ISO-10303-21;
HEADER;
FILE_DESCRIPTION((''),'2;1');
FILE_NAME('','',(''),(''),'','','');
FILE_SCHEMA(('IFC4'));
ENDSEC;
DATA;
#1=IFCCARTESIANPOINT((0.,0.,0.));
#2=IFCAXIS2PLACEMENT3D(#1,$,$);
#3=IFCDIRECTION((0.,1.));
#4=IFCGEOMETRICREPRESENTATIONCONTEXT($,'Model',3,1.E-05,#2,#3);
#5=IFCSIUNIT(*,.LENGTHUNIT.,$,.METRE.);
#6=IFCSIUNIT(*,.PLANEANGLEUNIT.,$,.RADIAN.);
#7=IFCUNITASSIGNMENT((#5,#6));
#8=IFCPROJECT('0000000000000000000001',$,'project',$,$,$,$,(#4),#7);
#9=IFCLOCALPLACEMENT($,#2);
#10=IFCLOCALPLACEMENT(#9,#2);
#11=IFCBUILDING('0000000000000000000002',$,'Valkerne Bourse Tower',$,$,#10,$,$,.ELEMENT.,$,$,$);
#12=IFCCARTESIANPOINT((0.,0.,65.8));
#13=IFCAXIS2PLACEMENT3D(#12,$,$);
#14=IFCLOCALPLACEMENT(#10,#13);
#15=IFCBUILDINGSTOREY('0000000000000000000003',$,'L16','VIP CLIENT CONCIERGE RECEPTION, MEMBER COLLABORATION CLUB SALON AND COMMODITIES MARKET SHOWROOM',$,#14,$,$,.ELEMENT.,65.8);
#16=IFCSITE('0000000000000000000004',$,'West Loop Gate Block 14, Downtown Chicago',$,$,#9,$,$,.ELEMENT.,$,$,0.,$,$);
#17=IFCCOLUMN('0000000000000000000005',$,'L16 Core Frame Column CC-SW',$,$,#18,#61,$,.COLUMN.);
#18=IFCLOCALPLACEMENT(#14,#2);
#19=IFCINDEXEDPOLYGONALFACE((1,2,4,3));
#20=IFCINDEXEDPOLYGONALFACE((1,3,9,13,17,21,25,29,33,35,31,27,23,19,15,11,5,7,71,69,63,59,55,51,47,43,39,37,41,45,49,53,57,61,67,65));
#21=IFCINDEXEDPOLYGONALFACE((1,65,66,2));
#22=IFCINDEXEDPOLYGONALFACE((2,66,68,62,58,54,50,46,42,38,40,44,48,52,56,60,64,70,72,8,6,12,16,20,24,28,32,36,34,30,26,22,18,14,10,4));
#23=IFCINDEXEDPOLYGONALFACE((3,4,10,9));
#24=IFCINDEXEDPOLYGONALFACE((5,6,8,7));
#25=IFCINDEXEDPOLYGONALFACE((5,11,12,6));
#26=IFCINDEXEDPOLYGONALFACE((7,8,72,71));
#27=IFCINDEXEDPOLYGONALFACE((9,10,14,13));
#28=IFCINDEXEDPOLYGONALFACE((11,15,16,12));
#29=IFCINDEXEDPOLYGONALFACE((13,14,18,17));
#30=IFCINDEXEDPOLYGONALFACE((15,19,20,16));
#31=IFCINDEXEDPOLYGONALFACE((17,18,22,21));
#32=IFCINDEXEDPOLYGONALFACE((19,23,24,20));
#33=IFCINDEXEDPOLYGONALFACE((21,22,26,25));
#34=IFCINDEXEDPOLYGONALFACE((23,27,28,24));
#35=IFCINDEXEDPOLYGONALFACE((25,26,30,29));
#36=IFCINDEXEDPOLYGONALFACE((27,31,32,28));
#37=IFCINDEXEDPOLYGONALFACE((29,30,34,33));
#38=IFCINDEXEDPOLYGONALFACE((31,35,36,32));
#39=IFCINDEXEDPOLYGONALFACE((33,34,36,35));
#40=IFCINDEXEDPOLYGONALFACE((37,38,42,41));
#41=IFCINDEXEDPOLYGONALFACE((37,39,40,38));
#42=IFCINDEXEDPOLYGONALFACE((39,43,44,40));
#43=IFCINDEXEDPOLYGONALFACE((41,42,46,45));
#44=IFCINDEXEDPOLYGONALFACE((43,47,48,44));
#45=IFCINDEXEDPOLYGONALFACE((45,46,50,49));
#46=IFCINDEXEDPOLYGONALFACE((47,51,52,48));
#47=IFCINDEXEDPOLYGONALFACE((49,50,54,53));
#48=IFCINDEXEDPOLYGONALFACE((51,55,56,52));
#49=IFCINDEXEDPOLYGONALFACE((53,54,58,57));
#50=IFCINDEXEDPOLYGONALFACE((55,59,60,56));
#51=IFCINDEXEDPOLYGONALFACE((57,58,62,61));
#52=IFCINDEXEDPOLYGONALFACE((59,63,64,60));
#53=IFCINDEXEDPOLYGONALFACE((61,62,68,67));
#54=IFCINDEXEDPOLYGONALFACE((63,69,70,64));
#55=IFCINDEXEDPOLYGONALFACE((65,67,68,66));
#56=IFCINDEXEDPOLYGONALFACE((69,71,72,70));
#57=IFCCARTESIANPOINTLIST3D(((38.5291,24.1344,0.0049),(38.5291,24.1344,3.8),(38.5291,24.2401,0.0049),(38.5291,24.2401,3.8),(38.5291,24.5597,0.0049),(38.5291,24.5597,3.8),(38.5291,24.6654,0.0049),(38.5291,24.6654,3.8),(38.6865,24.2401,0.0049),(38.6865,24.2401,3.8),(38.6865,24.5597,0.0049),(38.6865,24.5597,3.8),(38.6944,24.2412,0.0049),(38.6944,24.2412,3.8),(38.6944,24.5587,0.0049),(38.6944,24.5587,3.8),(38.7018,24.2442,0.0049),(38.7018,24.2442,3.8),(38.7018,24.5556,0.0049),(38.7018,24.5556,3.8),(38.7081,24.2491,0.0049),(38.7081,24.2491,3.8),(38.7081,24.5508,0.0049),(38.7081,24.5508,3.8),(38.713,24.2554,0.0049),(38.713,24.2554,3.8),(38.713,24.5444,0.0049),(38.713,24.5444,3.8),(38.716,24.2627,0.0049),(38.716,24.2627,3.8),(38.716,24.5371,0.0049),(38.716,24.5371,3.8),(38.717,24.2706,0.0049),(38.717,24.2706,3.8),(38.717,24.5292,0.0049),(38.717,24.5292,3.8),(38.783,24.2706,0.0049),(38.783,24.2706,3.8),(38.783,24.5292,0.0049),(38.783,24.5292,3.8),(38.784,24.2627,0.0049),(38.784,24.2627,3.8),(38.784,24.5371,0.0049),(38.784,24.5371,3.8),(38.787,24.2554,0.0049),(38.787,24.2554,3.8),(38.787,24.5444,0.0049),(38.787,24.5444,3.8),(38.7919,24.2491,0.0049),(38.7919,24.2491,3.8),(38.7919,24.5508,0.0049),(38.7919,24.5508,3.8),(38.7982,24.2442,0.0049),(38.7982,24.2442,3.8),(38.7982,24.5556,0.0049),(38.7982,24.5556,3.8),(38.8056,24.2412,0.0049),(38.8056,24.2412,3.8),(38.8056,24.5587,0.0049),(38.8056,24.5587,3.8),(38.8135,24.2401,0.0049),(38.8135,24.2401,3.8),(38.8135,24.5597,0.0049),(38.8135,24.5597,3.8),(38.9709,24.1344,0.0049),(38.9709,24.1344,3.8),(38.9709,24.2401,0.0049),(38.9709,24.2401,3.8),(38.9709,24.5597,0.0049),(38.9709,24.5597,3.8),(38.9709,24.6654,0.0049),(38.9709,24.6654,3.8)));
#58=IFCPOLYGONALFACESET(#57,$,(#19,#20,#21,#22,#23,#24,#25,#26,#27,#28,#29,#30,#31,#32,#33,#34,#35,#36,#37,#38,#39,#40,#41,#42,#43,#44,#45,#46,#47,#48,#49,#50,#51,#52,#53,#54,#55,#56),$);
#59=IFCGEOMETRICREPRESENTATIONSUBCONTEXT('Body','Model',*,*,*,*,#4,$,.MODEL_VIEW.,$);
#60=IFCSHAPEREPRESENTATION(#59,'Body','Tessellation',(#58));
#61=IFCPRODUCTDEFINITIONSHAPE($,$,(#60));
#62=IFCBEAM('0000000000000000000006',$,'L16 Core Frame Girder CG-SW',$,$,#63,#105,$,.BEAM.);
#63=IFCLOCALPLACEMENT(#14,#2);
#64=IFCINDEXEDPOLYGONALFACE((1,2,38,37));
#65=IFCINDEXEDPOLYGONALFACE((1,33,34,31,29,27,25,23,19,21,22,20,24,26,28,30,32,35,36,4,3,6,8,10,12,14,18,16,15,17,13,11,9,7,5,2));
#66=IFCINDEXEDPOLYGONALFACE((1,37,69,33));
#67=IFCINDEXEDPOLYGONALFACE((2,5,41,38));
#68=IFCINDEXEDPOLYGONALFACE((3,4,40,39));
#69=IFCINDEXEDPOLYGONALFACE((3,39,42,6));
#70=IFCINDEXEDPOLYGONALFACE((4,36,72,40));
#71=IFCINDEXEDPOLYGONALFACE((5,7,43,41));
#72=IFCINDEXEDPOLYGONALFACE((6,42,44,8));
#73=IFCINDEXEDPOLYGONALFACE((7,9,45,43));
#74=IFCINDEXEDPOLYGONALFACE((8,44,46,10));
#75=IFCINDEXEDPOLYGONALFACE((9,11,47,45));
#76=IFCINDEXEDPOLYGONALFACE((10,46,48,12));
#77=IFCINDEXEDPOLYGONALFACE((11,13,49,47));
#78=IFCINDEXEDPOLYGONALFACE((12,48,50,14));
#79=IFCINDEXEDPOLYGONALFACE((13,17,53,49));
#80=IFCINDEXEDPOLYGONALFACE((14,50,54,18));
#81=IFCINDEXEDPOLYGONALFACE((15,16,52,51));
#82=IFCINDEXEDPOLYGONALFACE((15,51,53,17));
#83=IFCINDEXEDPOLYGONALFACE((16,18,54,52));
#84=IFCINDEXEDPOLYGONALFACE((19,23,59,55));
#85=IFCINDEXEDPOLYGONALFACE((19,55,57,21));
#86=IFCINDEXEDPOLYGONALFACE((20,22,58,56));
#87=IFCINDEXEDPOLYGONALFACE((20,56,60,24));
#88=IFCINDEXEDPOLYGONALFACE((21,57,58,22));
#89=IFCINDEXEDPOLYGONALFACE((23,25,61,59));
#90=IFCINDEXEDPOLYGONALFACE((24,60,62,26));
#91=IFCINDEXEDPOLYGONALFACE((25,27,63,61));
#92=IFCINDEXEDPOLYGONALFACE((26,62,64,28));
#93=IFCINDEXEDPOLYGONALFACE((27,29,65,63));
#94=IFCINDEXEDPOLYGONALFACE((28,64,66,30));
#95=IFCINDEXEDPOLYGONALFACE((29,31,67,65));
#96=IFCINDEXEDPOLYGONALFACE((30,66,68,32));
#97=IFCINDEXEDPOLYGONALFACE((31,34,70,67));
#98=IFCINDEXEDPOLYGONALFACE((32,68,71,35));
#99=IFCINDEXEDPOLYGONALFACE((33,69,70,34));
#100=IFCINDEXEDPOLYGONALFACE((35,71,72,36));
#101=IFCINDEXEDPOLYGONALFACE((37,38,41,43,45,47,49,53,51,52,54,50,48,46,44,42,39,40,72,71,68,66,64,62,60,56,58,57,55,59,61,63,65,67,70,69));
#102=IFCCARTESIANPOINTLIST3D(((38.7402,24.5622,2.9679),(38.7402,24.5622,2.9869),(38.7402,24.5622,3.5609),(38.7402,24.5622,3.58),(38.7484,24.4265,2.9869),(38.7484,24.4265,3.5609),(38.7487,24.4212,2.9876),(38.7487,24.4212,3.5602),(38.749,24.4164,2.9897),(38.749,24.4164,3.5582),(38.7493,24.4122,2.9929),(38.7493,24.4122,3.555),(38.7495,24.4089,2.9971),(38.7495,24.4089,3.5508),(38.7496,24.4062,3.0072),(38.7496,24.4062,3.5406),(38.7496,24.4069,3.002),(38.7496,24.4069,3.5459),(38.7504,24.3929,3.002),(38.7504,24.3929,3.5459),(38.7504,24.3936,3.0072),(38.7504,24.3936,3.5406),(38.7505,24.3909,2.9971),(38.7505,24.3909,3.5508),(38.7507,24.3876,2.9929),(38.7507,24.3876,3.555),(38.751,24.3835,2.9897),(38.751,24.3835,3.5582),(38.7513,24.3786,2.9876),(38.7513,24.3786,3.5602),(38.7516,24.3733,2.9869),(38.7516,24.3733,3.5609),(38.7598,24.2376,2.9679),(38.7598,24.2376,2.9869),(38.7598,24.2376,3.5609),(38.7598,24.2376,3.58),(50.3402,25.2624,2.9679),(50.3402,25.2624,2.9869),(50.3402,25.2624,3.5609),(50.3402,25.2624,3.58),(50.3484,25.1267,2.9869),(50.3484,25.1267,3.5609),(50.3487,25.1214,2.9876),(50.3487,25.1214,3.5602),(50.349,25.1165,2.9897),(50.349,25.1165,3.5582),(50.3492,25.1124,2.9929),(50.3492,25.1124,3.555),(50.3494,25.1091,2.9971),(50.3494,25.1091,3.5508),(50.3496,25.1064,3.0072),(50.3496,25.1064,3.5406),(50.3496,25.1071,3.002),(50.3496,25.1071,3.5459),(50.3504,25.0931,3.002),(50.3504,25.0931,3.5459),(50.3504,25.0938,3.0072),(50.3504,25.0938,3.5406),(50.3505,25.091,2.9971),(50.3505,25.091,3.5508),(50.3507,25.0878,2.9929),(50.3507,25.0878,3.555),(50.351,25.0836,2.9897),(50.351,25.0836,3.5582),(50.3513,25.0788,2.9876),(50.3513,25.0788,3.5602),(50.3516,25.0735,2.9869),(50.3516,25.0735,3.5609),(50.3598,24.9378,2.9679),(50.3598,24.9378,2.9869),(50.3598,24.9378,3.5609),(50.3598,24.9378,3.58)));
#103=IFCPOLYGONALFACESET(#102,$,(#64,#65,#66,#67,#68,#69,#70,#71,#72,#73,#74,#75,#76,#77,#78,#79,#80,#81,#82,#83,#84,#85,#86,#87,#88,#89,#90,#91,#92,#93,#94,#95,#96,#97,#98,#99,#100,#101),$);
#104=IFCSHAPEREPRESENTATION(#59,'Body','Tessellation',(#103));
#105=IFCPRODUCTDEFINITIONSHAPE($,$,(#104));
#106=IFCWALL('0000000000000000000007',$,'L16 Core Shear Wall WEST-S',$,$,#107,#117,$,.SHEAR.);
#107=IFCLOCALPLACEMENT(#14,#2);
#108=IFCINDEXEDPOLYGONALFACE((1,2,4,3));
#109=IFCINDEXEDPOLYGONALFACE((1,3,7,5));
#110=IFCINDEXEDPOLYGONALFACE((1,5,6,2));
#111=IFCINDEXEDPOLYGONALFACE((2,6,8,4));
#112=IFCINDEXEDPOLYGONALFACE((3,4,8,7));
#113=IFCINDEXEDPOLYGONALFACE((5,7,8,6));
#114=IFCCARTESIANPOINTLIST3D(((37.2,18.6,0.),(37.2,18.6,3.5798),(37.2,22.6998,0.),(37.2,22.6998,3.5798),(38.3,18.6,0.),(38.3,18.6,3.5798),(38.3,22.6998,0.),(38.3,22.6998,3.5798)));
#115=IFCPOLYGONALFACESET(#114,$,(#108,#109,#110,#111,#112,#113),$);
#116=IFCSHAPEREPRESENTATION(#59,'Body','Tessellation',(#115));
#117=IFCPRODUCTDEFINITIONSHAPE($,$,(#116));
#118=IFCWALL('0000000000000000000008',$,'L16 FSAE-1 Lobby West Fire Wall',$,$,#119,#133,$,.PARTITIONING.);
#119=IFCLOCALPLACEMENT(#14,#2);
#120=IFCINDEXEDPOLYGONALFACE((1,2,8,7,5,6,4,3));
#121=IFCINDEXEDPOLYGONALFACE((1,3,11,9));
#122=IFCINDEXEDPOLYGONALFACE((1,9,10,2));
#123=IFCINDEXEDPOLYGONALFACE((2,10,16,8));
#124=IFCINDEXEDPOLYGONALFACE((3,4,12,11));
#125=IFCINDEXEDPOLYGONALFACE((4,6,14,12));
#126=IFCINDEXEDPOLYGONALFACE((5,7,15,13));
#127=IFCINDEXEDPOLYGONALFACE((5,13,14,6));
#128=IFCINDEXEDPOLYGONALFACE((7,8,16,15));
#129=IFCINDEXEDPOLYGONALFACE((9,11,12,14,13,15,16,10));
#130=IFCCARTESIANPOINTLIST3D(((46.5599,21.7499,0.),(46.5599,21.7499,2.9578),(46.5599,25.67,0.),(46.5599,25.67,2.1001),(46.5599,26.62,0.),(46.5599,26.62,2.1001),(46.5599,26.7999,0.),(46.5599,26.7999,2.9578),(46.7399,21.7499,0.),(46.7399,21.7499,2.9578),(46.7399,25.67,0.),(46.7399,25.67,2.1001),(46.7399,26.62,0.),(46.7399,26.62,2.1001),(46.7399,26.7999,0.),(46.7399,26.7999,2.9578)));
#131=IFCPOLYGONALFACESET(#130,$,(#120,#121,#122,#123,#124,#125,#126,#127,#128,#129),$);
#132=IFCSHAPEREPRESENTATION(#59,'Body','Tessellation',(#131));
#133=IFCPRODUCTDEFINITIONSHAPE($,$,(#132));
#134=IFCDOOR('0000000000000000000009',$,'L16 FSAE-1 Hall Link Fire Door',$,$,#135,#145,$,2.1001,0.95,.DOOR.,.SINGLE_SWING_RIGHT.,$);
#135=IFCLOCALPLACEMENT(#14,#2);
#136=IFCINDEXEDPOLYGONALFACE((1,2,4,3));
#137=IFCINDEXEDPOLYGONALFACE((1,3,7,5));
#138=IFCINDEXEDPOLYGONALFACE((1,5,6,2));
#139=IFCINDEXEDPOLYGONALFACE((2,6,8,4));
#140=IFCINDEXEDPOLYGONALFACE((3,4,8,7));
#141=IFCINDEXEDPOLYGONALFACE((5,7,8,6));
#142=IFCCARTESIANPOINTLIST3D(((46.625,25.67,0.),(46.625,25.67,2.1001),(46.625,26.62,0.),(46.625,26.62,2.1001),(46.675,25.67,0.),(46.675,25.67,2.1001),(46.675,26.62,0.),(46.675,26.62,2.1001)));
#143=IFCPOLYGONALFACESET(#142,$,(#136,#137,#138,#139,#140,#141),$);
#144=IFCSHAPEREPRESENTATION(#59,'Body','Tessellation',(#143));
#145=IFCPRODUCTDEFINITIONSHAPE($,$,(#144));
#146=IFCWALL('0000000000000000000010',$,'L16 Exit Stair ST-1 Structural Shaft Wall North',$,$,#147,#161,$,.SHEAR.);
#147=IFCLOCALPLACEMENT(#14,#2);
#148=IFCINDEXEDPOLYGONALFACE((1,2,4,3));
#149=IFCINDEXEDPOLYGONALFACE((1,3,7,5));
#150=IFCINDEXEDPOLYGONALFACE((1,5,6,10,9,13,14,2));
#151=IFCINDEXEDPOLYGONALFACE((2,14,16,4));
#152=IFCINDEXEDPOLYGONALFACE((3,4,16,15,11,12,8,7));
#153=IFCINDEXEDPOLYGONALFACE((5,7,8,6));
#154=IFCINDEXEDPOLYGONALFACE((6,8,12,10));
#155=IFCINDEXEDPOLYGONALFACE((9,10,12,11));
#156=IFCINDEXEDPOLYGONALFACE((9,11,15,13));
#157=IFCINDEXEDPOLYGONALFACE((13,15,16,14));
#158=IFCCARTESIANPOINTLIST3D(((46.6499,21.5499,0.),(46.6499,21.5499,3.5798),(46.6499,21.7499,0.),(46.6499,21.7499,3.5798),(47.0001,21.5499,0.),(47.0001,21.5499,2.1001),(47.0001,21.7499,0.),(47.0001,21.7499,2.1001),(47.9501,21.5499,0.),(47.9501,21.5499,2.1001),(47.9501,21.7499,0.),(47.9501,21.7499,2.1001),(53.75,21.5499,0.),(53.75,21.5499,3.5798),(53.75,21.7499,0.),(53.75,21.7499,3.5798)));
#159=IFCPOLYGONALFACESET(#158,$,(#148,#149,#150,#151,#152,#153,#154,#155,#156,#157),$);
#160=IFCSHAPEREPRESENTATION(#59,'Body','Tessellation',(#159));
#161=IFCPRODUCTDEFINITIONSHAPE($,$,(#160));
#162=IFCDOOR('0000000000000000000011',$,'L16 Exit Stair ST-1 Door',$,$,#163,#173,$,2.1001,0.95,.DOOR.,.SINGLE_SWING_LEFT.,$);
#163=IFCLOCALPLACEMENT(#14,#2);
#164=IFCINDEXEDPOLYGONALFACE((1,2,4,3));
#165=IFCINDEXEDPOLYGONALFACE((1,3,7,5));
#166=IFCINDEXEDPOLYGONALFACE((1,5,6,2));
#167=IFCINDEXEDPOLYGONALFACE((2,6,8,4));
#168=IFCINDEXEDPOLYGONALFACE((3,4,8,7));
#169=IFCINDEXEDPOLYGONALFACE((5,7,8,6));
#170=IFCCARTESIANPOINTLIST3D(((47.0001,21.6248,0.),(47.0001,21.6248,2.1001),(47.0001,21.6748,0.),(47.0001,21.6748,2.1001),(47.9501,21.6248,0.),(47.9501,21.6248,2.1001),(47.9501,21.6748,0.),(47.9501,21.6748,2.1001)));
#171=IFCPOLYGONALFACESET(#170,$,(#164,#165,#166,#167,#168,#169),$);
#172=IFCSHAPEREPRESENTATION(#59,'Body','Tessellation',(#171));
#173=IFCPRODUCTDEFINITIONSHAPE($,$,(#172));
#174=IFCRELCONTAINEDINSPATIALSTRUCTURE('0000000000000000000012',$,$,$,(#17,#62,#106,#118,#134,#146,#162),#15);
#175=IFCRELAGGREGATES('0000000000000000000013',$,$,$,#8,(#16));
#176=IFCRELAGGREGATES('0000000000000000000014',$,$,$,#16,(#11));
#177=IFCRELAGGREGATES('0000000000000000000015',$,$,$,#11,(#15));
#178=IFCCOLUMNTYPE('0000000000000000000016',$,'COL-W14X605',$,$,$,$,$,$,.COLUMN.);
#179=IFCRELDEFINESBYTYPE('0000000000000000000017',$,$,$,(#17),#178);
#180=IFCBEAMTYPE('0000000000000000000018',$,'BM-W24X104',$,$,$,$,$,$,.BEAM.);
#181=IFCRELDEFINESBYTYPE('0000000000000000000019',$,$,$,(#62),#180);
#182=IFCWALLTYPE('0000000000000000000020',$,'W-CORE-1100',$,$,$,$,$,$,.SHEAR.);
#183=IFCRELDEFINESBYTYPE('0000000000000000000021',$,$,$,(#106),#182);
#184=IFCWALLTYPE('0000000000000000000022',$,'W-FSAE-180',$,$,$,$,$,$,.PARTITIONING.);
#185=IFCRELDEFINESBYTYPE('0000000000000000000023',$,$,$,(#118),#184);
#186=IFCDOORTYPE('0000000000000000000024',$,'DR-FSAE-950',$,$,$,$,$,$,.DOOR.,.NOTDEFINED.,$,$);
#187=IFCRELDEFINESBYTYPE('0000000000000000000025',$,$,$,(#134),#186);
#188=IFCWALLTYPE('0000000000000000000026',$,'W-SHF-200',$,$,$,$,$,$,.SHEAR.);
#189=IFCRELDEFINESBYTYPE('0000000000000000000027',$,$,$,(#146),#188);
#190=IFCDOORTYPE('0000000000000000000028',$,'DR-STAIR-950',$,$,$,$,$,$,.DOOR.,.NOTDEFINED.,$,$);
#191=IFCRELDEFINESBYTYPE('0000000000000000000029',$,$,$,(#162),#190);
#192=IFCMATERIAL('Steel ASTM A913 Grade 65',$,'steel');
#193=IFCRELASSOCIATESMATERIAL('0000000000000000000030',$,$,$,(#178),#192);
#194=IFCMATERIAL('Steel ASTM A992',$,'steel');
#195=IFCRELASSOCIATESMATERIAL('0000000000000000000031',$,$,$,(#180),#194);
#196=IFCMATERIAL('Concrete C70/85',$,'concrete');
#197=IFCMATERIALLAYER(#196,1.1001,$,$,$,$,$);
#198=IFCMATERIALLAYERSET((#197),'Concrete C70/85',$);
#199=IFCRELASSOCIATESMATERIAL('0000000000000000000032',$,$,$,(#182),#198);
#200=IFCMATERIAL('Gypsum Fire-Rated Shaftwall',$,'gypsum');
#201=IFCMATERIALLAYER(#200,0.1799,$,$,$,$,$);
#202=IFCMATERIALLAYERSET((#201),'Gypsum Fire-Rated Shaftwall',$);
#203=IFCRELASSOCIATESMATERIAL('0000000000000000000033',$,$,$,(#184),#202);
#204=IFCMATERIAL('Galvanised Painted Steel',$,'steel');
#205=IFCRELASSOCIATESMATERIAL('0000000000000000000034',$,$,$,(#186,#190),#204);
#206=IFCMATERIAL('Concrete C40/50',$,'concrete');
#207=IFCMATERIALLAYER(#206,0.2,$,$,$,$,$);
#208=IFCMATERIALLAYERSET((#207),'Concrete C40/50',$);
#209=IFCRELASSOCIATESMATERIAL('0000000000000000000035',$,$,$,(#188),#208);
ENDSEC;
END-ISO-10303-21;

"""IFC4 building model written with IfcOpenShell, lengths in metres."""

from ifc_helpers import new_model, si_unit, direction, frame, frame_2d, origin, origin_2d, place, context, subcontext, project, spatial, rectangle, i_section, extrude, material, layer, layer_set, material_profile, profile_set, type_object, element, fill, save


model = new_model("IFC4")

# Units and contexts
model_context = context("Model", 3, precision=1e-05, world=origin(), true_north=direction((0.0, 1.0)))
body_context = subcontext(model_context, "Body", "Model", "MODEL_VIEW")
ifc_project = project(units=[si_unit("LENGTHUNIT", "METRE"), si_unit("PLANEANGLEUNIT", "RADIAN")], contexts=[model_context])

# Site, building, storey
site_placement = place(None, origin())
site = spatial("IfcSite", under=ifc_project, at=site_placement, Name="West Loop Gate Block 14, Downtown Chicago", CompositionType="ELEMENT", RefElevation=0.0)
building_placement = place(site_placement, origin())
building = spatial("IfcBuilding", under=site, at=building_placement, Name="Valkerne Bourse Tower", CompositionType="ELEMENT")
storey_placement = place(building_placement, frame((0.0, 0.0, 65.8)))
storey = spatial("IfcBuildingStorey", under=building, at=storey_placement, Name="L16", Description="VIP CLIENT CONCIERGE RECEPTION, MEMBER COLLABORATION CLUB SALON AND COMMODITIES MARKET SHOWROOM", CompositionType="ELEMENT", Elevation=65.8)

# Column
ifc_material_1 = material(Name="Steel ASTM A913 Grade 65", Category="steel")
ifc_material_profile_1 = material_profile(ifc_material_1, i_section(OverallWidth=0.4419, OverallDepth=0.531, WebThickness=0.0659, FlangeThickness=0.1057, FilletRadius=0.0305, at=origin_2d()), Name="W14X605")
ifc_profile_set_1 = profile_set([ifc_material_profile_1], Name="Steel ASTM A913 Grade 65")
column_type = type_object("IfcColumnType", Name="COL-W14X605", PredefinedType="COLUMN", material=ifc_profile_set_1)
column_placement = place(storey_placement, frame((38.75, 24.3999, 0.0049), z_axis=(0.0, 0.0, 1.0), x_axis=(1.0, 0.0, 0.0)))
element("IfcColumn", 1, at=column_placement, inside=storey, type_object=column_type, Name="L16 Core Frame Column CC-SW", PredefinedType="COLUMN", context=body_context, shape_type="SweptSolid", body=[
    extrude(i_section(OverallWidth=0.4419, OverallDepth=0.531, WebThickness=0.0659, FlangeThickness=0.1057, FilletRadius=0.0305, at=origin_2d()), origin(), (0.0, 0.0, 1.0), 3.7952),
])

# Beam
ifc_material_2 = material(Name="Steel ASTM A992", Category="steel")
ifc_material_profile_2 = material_profile(ifc_material_2, i_section(OverallWidth=0.3252, OverallDepth=0.6121, WebThickness=0.0127, FlangeThickness=0.019, FilletRadius=0.0203, at=origin_2d()), Name="W24X104")
ifc_profile_set_2 = profile_set([ifc_material_profile_2], Name="Steel ASTM A992")
beam_type = type_object("IfcBeamType", Name="BM-W24X104", PredefinedType="BEAM", material=ifc_profile_set_2)
beam_placement = place(storey_placement, frame((38.75, 24.3999, 3.2739), z_axis=(0.998183, 0.060251, 0.0), x_axis=(-0.060251, 0.998183, 0.0)))
element("IfcBeam", 2, at=beam_placement, inside=storey, type_object=beam_type, Name="L16 Core Frame Girder CG-SW", PredefinedType="BEAM", context=body_context, shape_type="SweptSolid", body=[
    extrude(i_section(OverallWidth=0.3252, OverallDepth=0.6121, WebThickness=0.0127, FlangeThickness=0.019, FilletRadius=0.0203, at=origin_2d()), origin(), (0.0, 0.0, 1.0), 11.6211),
])

# Shared definitions
ifc_material_3 = material(Name="Concrete C70/85", Category="concrete")
ifc_layer_1 = layer(ifc_material_3, 1.1001)
ifc_layer_set_1 = layer_set([ifc_layer_1], Name="Concrete C70/85")
wall_type_1 = type_object("IfcWallType", Name="W-CORE-1100", PredefinedType="SHEAR", material=ifc_layer_set_1)
ifc_material_4 = material(Name="Galvanised Painted Steel", Category="steel")

# Wall
wall_1_placement = place(storey_placement, frame((37.75, 18.6001, 0.0), z_axis=(0.0, 0.0, 1.0), x_axis=(0.0, 1.0, 0.0)))
element("IfcWall", 3, at=wall_1_placement, inside=storey, type_object=wall_type_1, Name="L16 Core Shear Wall WEST-S", PredefinedType="SHEAR", context=body_context, shape_type="SweptSolid", body=[
    extrude(rectangle(XDim=4.0999, YDim=1.1001, at=frame_2d((2.0498, 0.0))), origin(), (0.0, 0.0, 1.0), 3.5798),
])

# Wall, opening, door
ifc_material_5 = material(Name="Gypsum Fire-Rated Shaftwall", Category="gypsum")
ifc_layer_2 = layer(ifc_material_5, 0.1799)
ifc_layer_set_2 = layer_set([ifc_layer_2], Name="Gypsum Fire-Rated Shaftwall")
wall_type_2 = type_object("IfcWallType", Name="W-FSAE-180", PredefinedType="PARTITIONING", material=ifc_layer_set_2)
wall_2_placement = place(storey_placement, frame((46.6499, 21.75, 0.0), z_axis=(0.0, 0.0, 1.0), x_axis=(0.0, 1.0, 0.0)))
wall_2 = element("IfcWall", 4, at=wall_2_placement, inside=storey, type_object=wall_type_2, Name="L16 FSAE-1 Lobby West Fire Wall", PredefinedType="PARTITIONING", context=body_context, shape_type="SweptSolid", body=[
    extrude(rectangle(XDim=5.05, YDim=0.1799, at=frame_2d((2.5249, 0.0))), origin(), (0.0, 0.0, 1.0), 2.9578),
])
opening_1_placement = place(wall_2_placement, frame((3.9199, 0.0, 0.0)))
opening_1 = element("IfcOpeningElement", 5, at=opening_1_placement, cuts=wall_2, PredefinedType="OPENING", context=body_context, shape_type="SweptSolid", body=[
    extrude(rectangle(XDim=0.95, YDim=2.1001, at=frame_2d((0.4751, 1.05))), frame((0.0, 0.0999, 0.0), z_axis=(0.0, -1.0, 0.0), x_axis=(1.0, 0.0, 0.0)), (0.0, 0.0, 1.0), 0.2),
])
door_type_1 = type_object("IfcDoorType", Name="DR-FSAE-950", OperationType="NOTDEFINED", PredefinedType="DOOR", material=ifc_material_4)
door_1_placement = place(opening_1_placement, origin())
door_1 = element("IfcDoor", 6, at=door_1_placement, inside=storey, type_object=door_type_1, Name="L16 FSAE-1 Hall Link Fire Door", OperationType="SINGLE_SWING_RIGHT", OverallHeight=2.1001, OverallWidth=0.95, PredefinedType="DOOR", context=body_context, shape_type="SweptSolid", body=[
    extrude(rectangle(XDim=0.95, YDim=2.1001, at=frame_2d((0.4751, 1.05))), frame((0.0, 0.0249, 0.0), z_axis=(0.0, -1.0, 0.0), x_axis=(1.0, 0.0, 0.0)), (0.0, 0.0, 1.0), 0.05),
])
fill(opening_1, door_1)

# Wall, opening, door
ifc_material_6 = material(Name="Concrete C40/50", Category="concrete")
ifc_layer_3 = layer(ifc_material_6, 0.2)
ifc_layer_set_3 = layer_set([ifc_layer_3], Name="Concrete C40/50")
wall_type_3 = type_object("IfcWallType", Name="W-SHF-200", PredefinedType="SHEAR", material=ifc_layer_set_3)
wall_3_placement = place(storey_placement, frame((46.6499, 21.6499, 0.0), z_axis=(0.0, 0.0, 1.0), x_axis=(1.0, 0.0, 0.0)))
wall_3 = element("IfcWall", 7, at=wall_3_placement, inside=storey, type_object=wall_type_3, Name="L16 Exit Stair ST-1 Structural Shaft Wall North", PredefinedType="SHEAR", context=body_context, shape_type="SweptSolid", body=[
    extrude(rectangle(XDim=7.1001, YDim=0.2, at=frame_2d((3.55, 0.0))), origin(), (0.0, 0.0, 1.0), 3.5798),
])
opening_2_placement = place(wall_3_placement, frame((0.3501, 0.0, 0.0)))
opening_2 = element("IfcOpeningElement", 8, at=opening_2_placement, cuts=wall_3, PredefinedType="OPENING", context=body_context, shape_type="SweptSolid", body=[
    extrude(rectangle(XDim=0.95, YDim=2.1001, at=frame_2d((0.4751, 1.05))), frame((0.0, 0.1099, 0.0), z_axis=(0.0, -1.0, 0.0), x_axis=(1.0, 0.0, 0.0)), (0.0, 0.0, 1.0), 0.22),
])
door_type_2 = type_object("IfcDoorType", Name="DR-STAIR-950", OperationType="NOTDEFINED", PredefinedType="DOOR", material=ifc_material_4)
door_2_placement = place(opening_2_placement, origin())
door_2 = element("IfcDoor", 9, at=door_2_placement, inside=storey, type_object=door_type_2, Name="L16 Exit Stair ST-1 Door", OperationType="SINGLE_SWING_LEFT", OverallHeight=2.1001, OverallWidth=0.95, PredefinedType="DOOR", context=body_context, shape_type="SweptSolid", body=[
    extrude(rectangle(XDim=0.95, YDim=2.1001, at=frame_2d((0.4751, 1.05))), frame((0.0, 0.0249, 0.0), z_axis=(0.0, -1.0, 0.0), x_axis=(1.0, 0.0, 0.0)), (0.0, 0.0, 1.0), 0.05),
])
fill(opening_2, door_2)

save(model, "model.ifc")
